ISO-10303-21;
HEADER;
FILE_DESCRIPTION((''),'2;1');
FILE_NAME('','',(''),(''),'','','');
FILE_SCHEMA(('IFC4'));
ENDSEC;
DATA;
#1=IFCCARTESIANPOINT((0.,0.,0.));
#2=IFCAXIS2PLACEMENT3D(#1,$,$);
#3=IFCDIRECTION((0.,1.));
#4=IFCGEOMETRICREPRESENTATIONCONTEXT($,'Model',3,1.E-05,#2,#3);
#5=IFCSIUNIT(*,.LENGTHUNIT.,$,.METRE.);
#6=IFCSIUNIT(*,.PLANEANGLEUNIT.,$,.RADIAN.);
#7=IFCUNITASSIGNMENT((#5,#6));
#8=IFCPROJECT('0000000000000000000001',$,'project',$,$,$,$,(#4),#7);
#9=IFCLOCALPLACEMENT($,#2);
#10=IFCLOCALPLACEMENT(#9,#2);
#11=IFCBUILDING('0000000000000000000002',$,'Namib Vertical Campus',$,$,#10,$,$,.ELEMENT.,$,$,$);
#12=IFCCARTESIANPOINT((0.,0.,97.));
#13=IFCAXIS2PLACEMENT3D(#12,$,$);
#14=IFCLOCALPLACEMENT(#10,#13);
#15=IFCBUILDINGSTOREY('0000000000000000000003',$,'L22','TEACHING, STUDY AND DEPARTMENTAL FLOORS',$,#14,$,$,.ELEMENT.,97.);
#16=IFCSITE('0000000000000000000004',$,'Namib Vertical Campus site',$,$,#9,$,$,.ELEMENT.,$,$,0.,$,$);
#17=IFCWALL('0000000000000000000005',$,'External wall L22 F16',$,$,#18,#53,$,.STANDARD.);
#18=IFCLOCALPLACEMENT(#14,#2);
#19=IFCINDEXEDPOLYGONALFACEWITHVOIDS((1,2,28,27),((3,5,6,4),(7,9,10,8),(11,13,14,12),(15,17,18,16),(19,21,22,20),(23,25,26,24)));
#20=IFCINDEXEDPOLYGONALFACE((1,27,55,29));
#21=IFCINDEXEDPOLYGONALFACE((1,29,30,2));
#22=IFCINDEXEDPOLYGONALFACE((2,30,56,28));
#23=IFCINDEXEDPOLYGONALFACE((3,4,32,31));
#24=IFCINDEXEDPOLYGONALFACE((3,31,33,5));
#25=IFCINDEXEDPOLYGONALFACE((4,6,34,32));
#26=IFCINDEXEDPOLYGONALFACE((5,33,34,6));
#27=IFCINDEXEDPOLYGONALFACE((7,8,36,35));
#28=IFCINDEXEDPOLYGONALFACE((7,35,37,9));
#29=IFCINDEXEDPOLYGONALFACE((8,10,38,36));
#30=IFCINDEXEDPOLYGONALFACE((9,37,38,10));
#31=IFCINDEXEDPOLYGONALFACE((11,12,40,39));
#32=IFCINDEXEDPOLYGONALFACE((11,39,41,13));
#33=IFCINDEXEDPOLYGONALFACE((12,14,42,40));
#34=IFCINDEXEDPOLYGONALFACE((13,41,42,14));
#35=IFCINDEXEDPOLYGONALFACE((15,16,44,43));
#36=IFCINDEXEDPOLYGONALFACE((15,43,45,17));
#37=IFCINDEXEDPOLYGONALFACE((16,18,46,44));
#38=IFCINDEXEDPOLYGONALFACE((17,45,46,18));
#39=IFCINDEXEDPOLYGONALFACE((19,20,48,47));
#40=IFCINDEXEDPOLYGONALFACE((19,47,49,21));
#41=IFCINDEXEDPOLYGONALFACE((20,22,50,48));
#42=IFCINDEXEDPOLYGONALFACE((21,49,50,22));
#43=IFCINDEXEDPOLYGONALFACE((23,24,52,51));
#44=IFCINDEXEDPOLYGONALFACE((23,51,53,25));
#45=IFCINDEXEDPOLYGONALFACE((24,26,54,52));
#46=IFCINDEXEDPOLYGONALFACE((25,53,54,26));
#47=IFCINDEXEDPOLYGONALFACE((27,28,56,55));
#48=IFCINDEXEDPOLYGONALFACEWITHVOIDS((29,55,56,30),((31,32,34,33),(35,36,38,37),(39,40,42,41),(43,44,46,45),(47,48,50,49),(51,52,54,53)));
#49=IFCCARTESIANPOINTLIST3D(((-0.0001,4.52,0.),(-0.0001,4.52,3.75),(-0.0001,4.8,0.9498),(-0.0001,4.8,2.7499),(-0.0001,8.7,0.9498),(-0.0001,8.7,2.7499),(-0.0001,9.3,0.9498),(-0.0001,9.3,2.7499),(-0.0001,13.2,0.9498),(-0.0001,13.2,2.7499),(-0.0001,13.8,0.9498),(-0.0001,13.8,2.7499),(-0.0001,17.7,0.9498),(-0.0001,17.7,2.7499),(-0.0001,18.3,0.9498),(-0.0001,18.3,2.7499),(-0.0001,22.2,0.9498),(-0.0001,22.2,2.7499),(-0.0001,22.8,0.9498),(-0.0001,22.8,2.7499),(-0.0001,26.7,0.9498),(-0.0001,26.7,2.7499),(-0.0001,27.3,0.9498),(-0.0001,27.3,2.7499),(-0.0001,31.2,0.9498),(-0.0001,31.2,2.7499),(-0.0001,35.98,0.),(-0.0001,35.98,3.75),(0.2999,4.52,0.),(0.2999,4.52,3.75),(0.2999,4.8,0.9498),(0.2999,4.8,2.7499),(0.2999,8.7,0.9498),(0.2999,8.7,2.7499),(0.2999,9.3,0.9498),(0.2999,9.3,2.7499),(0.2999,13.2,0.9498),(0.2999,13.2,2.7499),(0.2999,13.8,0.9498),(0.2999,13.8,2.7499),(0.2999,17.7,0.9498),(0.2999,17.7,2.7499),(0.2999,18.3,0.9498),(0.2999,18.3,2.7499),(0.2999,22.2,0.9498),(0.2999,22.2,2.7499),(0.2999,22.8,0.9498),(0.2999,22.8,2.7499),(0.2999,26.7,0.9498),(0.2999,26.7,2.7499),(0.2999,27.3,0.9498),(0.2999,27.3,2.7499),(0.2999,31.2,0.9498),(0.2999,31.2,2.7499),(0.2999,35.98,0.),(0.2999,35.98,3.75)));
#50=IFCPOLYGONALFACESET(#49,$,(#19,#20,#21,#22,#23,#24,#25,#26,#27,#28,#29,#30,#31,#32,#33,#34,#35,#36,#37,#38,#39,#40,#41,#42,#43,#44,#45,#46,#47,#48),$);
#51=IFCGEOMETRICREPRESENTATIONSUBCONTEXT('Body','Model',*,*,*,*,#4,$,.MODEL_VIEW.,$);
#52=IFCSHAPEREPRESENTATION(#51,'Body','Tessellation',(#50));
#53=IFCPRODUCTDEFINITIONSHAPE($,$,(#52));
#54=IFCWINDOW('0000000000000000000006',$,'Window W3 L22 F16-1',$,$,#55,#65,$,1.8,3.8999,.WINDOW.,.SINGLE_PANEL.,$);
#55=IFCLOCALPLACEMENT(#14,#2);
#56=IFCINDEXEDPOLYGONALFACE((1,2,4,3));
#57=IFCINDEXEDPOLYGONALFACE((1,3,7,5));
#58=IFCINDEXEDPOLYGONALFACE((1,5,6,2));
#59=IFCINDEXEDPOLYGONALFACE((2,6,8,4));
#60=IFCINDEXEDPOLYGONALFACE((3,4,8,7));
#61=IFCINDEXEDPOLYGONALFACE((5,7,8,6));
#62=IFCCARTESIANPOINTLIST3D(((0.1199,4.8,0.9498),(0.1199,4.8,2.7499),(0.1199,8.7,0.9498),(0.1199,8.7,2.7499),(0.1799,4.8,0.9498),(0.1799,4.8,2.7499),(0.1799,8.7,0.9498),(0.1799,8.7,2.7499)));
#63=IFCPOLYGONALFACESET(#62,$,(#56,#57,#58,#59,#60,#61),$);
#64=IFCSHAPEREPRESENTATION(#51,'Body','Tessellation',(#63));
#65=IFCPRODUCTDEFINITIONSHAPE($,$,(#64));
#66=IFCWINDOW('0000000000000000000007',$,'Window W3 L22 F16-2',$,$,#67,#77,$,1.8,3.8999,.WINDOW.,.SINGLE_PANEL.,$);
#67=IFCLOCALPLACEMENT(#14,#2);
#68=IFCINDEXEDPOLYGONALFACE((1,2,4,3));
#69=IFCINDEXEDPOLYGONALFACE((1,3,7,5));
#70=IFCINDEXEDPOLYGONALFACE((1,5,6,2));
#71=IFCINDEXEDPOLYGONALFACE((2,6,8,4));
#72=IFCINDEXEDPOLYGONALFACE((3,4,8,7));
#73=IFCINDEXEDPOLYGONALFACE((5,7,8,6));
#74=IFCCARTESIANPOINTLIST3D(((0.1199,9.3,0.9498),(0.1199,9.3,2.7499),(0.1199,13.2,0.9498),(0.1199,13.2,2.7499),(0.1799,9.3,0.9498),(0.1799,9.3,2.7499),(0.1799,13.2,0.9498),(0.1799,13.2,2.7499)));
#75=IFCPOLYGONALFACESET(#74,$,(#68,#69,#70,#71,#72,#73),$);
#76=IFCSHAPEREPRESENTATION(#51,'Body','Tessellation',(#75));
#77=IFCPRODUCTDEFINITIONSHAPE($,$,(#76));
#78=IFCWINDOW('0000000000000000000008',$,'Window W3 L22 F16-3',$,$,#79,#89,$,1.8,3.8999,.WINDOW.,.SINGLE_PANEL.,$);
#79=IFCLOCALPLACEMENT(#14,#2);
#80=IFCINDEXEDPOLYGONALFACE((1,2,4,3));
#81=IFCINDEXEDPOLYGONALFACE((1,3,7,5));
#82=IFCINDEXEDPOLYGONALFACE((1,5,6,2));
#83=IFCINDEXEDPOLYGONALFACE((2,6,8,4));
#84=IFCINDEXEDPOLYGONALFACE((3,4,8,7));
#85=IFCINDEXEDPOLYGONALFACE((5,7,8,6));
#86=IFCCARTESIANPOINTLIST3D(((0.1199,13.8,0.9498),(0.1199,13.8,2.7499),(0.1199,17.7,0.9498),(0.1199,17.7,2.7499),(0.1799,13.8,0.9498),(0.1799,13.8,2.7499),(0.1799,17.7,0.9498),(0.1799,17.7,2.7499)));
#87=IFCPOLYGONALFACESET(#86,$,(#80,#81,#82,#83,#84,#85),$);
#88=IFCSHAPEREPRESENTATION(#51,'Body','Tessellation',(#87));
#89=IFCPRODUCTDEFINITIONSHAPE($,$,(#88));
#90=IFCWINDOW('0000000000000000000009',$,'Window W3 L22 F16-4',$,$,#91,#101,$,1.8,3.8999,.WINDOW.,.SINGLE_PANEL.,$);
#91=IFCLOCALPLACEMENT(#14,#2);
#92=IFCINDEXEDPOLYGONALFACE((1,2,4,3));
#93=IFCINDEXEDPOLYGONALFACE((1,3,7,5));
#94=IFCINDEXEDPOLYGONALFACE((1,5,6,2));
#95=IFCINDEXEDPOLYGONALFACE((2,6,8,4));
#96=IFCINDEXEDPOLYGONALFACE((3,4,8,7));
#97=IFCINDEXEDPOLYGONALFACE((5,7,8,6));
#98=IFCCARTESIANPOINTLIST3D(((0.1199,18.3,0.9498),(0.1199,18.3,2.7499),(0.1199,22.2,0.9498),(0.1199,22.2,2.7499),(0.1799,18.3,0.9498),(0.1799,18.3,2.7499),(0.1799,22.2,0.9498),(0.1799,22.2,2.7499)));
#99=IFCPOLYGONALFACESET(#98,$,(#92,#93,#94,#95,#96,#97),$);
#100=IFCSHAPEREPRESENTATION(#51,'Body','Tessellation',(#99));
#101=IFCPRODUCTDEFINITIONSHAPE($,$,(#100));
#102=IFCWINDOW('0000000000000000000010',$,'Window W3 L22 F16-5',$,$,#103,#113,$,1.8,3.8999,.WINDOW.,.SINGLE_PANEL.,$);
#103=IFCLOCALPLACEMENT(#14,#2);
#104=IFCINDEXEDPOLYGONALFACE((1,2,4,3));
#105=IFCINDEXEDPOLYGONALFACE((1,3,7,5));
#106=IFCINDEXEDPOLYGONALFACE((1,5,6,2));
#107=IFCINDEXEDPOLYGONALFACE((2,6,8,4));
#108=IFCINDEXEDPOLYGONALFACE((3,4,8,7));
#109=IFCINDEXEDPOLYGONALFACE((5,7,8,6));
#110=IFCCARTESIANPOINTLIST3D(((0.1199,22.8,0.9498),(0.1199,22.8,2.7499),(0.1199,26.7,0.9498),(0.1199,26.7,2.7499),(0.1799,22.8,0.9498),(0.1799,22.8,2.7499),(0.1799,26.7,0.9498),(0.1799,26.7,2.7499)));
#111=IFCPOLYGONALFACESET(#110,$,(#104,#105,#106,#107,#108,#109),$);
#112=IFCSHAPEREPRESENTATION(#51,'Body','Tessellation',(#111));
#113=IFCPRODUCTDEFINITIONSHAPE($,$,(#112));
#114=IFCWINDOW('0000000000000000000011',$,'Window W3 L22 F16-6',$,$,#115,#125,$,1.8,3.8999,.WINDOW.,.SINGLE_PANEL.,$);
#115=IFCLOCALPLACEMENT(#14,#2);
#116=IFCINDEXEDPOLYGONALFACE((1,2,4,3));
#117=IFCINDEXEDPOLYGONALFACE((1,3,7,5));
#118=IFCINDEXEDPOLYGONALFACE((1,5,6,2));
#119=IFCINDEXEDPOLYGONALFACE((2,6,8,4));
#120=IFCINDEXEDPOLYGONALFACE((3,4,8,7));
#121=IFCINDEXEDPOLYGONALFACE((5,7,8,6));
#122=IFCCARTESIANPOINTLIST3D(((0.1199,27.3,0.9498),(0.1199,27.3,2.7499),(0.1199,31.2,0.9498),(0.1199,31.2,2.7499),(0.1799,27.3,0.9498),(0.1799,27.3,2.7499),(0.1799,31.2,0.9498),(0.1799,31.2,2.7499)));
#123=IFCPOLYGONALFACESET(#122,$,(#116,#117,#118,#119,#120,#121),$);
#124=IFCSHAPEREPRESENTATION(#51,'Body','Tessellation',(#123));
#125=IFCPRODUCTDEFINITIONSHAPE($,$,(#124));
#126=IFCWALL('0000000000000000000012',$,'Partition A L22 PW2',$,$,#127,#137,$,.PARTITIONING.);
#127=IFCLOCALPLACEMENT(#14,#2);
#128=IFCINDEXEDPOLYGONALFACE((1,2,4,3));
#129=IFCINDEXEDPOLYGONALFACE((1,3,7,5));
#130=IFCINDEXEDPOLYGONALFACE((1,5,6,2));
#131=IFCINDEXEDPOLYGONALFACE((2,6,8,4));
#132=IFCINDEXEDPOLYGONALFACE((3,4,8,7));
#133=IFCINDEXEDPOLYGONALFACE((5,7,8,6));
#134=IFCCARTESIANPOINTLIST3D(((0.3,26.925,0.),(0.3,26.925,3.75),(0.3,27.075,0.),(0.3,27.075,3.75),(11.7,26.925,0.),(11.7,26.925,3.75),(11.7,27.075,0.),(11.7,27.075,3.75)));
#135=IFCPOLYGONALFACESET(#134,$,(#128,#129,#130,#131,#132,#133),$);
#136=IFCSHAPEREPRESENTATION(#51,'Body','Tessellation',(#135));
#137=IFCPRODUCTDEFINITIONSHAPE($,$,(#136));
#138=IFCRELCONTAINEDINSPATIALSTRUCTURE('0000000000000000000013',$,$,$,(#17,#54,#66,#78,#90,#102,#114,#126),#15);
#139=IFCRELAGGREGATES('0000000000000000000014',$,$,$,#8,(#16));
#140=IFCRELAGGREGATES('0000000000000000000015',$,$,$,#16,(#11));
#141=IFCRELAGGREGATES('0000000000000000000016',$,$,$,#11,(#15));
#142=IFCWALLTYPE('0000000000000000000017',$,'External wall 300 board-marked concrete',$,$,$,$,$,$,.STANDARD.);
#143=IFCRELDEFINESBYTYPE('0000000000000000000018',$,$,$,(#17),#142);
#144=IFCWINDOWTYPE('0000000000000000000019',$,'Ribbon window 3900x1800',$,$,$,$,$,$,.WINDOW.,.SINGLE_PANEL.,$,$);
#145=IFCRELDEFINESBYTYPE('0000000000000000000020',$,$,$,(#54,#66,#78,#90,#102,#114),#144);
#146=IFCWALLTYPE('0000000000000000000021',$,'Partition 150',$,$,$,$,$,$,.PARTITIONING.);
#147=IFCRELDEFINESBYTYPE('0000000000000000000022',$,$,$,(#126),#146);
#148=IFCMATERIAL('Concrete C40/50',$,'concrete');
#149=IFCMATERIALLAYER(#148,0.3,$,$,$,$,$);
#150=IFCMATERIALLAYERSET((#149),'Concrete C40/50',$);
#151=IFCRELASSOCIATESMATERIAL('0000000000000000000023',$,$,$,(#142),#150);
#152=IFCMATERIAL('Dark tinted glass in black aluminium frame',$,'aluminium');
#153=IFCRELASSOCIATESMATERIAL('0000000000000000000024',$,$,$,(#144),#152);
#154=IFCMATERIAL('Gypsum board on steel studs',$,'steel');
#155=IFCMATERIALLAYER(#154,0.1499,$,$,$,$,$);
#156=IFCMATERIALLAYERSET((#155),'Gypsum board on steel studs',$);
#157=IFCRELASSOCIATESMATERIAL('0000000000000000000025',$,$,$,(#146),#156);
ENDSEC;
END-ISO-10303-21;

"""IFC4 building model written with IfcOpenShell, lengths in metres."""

from ifc_helpers import new_model, si_unit, direction, frame, frame_2d, origin, place, context, subcontext, project, spatial, rectangle, extrude, material, layer, layer_set, type_object, element, fill, save


model = new_model("IFC4")

# Units and contexts
model_context = context("Model", 3, precision=1e-05, world=origin(), true_north=direction((0.0, 1.0)))
body_context = subcontext(model_context, "Body", "Model", "MODEL_VIEW")
ifc_project = project(units=[si_unit("LENGTHUNIT", "METRE"), si_unit("PLANEANGLEUNIT", "RADIAN")], contexts=[model_context])

# Site, building, storey
site_placement = place(None, origin())
site = spatial("IfcSite", under=ifc_project, at=site_placement, Name="Namib Vertical Campus site", CompositionType="ELEMENT", RefElevation=0.0)
building_placement = place(site_placement, origin())
building = spatial("IfcBuilding", under=site, at=building_placement, Name="Namib Vertical Campus", CompositionType="ELEMENT")
storey_placement = place(building_placement, frame((0.0, 0.0, 97.0)))
storey = spatial("IfcBuildingStorey", under=building, at=storey_placement, Name="L22", Description="TEACHING, STUDY AND DEPARTMENTAL FLOORS", CompositionType="ELEMENT", Elevation=97.0)

# Shared definitions
ifc_material_1 = material(Name="Concrete C40/50", Category="concrete")
ifc_layer_1 = layer(ifc_material_1, 0.3)
ifc_layer_set_1 = layer_set([ifc_layer_1], Name="Concrete C40/50")
wall_type_1 = type_object("IfcWallType", Name="External wall 300 board-marked concrete", PredefinedType="STANDARD", material=ifc_layer_set_1)

# Wall, openings, windows
wall_1_placement = place(storey_placement, frame((0.1499, 35.98, 0.0), z_axis=(0.0, 0.0, 1.0), x_axis=(0.0, -1.0, 0.0)))
wall_1 = element("IfcWall", 1, at=wall_1_placement, inside=storey, type_object=wall_type_1, Name="External wall L22 F16", PredefinedType="STANDARD", context=body_context, shape_type="SweptSolid", body=[
    extrude(rectangle(XDim=31.46, YDim=0.3, at=frame_2d((15.73, 0.0))), origin(), (0.0, 0.0, 1.0), 3.75),
])
opening_1_placement = place(wall_1_placement, frame((27.28, 0.0, 0.95)))
opening_1 = element("IfcOpeningElement", 2, at=opening_1_placement, cuts=wall_1, PredefinedType="OPENING", context=body_context, shape_type="SweptSolid", body=[
    extrude(rectangle(XDim=3.8999, YDim=1.8, at=frame_2d((1.95, 0.8999))), frame((0.0, 0.1599, 0.0), z_axis=(0.0, -1.0, 0.0), x_axis=(1.0, 0.0, 0.0)), (0.0, 0.0, 1.0), 0.3201),
])
opening_2_placement = place(wall_1_placement, frame((22.78, 0.0, 0.95)))
opening_2 = element("IfcOpeningElement", 3, at=opening_2_placement, cuts=wall_1, PredefinedType="OPENING", context=body_context, shape_type="SweptSolid", body=[
    extrude(rectangle(XDim=3.8999, YDim=1.8, at=frame_2d((1.95, 0.8999))), frame((0.0, 0.1599, 0.0), z_axis=(0.0, -1.0, 0.0), x_axis=(1.0, 0.0, 0.0)), (0.0, 0.0, 1.0), 0.3201),
])
opening_3_placement = place(wall_1_placement, frame((18.28, 0.0, 0.95)))
opening_3 = element("IfcOpeningElement", 4, at=opening_3_placement, cuts=wall_1, PredefinedType="OPENING", context=body_context, shape_type="SweptSolid", body=[
    extrude(rectangle(XDim=3.8999, YDim=1.8, at=frame_2d((1.95, 0.8999))), frame((0.0, 0.1599, 0.0), z_axis=(0.0, -1.0, 0.0), x_axis=(1.0, 0.0, 0.0)), (0.0, 0.0, 1.0), 0.3201),
])
opening_4_placement = place(wall_1_placement, frame((13.78, 0.0, 0.95)))
opening_4 = element("IfcOpeningElement", 5, at=opening_4_placement, cuts=wall_1, PredefinedType="OPENING", context=body_context, shape_type="SweptSolid", body=[
    extrude(rectangle(XDim=3.8999, YDim=1.8, at=frame_2d((1.95, 0.8999))), frame((0.0, 0.1599, 0.0), z_axis=(0.0, -1.0, 0.0), x_axis=(1.0, 0.0, 0.0)), (0.0, 0.0, 1.0), 0.3201),
])
opening_5_placement = place(wall_1_placement, frame((9.28, 0.0, 0.95)))
opening_5 = element("IfcOpeningElement", 6, at=opening_5_placement, cuts=wall_1, PredefinedType="OPENING", context=body_context, shape_type="SweptSolid", body=[
    extrude(rectangle(XDim=3.8999, YDim=1.8, at=frame_2d((1.95, 0.8999))), frame((0.0, 0.1599, 0.0), z_axis=(0.0, -1.0, 0.0), x_axis=(1.0, 0.0, 0.0)), (0.0, 0.0, 1.0), 0.3201),
])
opening_6_placement = place(wall_1_placement, frame((4.78, 0.0, 0.95)))
opening_6 = element("IfcOpeningElement", 7, at=opening_6_placement, cuts=wall_1, PredefinedType="OPENING", context=body_context, shape_type="SweptSolid", body=[
    extrude(rectangle(XDim=3.8999, YDim=1.8, at=frame_2d((1.95, 0.8999))), frame((0.0, 0.1599, 0.0), z_axis=(0.0, -1.0, 0.0), x_axis=(1.0, 0.0, 0.0)), (0.0, 0.0, 1.0), 0.3201),
])
ifc_material_2 = material(Name="Dark tinted glass in black aluminium frame", Category="aluminium")
window_type = type_object("IfcWindowType", Name="Ribbon window 3900x1800", PartitioningType="SINGLE_PANEL", PredefinedType="WINDOW", material=ifc_material_2)
window_1_placement = place(opening_1_placement, origin())
window_1 = element("IfcWindow", 8, at=window_1_placement, inside=storey, type_object=window_type, Name="Window W3 L22 F16-1", OverallHeight=1.8, OverallWidth=3.8999, PartitioningType="SINGLE_PANEL", PredefinedType="WINDOW", context=body_context, shape_type="SweptSolid", body=[
    extrude(rectangle(XDim=3.8999, YDim=1.8, at=frame_2d((1.95, 0.8999))), frame((0.0, 0.03, 0.0), z_axis=(0.0, -1.0, 0.0), x_axis=(1.0, 0.0, 0.0)), (0.0, 0.0, 1.0), 0.0601),
])
fill(opening_1, window_1)
window_2_placement = place(opening_2_placement, origin())
window_2 = element("IfcWindow", 9, at=window_2_placement, inside=storey, type_object=window_type, Name="Window W3 L22 F16-2", OverallHeight=1.8, OverallWidth=3.8999, PartitioningType="SINGLE_PANEL", PredefinedType="WINDOW", context=body_context, shape_type="SweptSolid", body=[
    extrude(rectangle(XDim=3.8999, YDim=1.8, at=frame_2d((1.95, 0.8999))), frame((0.0, 0.03, 0.0), z_axis=(0.0, -1.0, 0.0), x_axis=(1.0, 0.0, 0.0)), (0.0, 0.0, 1.0), 0.0601),
])
fill(opening_2, window_2)
window_3_placement = place(opening_3_placement, origin())
window_3 = element("IfcWindow", 10, at=window_3_placement, inside=storey, type_object=window_type, Name="Window W3 L22 F16-3", OverallHeight=1.8, OverallWidth=3.8999, PartitioningType="SINGLE_PANEL", PredefinedType="WINDOW", context=body_context, shape_type="SweptSolid", body=[
    extrude(rectangle(XDim=3.8999, YDim=1.8, at=frame_2d((1.95, 0.8999))), frame((0.0, 0.03, 0.0), z_axis=(0.0, -1.0, 0.0), x_axis=(1.0, 0.0, 0.0)), (0.0, 0.0, 1.0), 0.0601),
])
fill(opening_3, window_3)
window_4_placement = place(opening_4_placement, origin())
window_4 = element("IfcWindow", 11, at=window_4_placement, inside=storey, type_object=window_type, Name="Window W3 L22 F16-4", OverallHeight=1.8, OverallWidth=3.8999, PartitioningType="SINGLE_PANEL", PredefinedType="WINDOW", context=body_context, shape_type="SweptSolid", body=[
    extrude(rectangle(XDim=3.8999, YDim=1.8, at=frame_2d((1.95, 0.8999))), frame((0.0, 0.03, 0.0), z_axis=(0.0, -1.0, 0.0), x_axis=(1.0, 0.0, 0.0)), (0.0, 0.0, 1.0), 0.0601),
])
fill(opening_4, window_4)
window_5_placement = place(opening_5_placement, origin())
window_5 = element("IfcWindow", 12, at=window_5_placement, inside=storey, type_object=window_type, Name="Window W3 L22 F16-5", OverallHeight=1.8, OverallWidth=3.8999, PartitioningType="SINGLE_PANEL", PredefinedType="WINDOW", context=body_context, shape_type="SweptSolid", body=[
    extrude(rectangle(XDim=3.8999, YDim=1.8, at=frame_2d((1.95, 0.8999))), frame((0.0, 0.03, 0.0), z_axis=(0.0, -1.0, 0.0), x_axis=(1.0, 0.0, 0.0)), (0.0, 0.0, 1.0), 0.0601),
])
fill(opening_5, window_5)
window_6_placement = place(opening_6_placement, origin())
window_6 = element("IfcWindow", 13, at=window_6_placement, inside=storey, type_object=window_type, Name="Window W3 L22 F16-6", OverallHeight=1.8, OverallWidth=3.8999, PartitioningType="SINGLE_PANEL", PredefinedType="WINDOW", context=body_context, shape_type="SweptSolid", body=[
    extrude(rectangle(XDim=3.8999, YDim=1.8, at=frame_2d((1.95, 0.8999))), frame((0.0, 0.03, 0.0), z_axis=(0.0, -1.0, 0.0), x_axis=(1.0, 0.0, 0.0)), (0.0, 0.0, 1.0), 0.0601),
])
fill(opening_6, window_6)

# Wall
ifc_material_3 = material(Name="Gypsum board on steel studs", Category="steel")
ifc_layer_2 = layer(ifc_material_3, 0.1499)
ifc_layer_set_2 = layer_set([ifc_layer_2], Name="Gypsum board on steel studs")
wall_type_2 = type_object("IfcWallType", Name="Partition 150", PredefinedType="PARTITIONING", material=ifc_layer_set_2)
wall_2_placement = place(storey_placement, frame((0.3, 27.0, 0.0), z_axis=(0.0, 0.0, 1.0), x_axis=(1.0, 0.0, 0.0)))
element("IfcWall", 14, at=wall_2_placement, inside=storey, type_object=wall_type_2, Name="Partition A L22 PW2", PredefinedType="PARTITIONING", context=body_context, shape_type="SweptSolid", body=[
    extrude(rectangle(XDim=11.3999, YDim=0.1499, at=frame_2d((5.7, 0.0))), origin(), (0.0, 0.0, 1.0), 3.75),
])

save(model, "model.ifc")
